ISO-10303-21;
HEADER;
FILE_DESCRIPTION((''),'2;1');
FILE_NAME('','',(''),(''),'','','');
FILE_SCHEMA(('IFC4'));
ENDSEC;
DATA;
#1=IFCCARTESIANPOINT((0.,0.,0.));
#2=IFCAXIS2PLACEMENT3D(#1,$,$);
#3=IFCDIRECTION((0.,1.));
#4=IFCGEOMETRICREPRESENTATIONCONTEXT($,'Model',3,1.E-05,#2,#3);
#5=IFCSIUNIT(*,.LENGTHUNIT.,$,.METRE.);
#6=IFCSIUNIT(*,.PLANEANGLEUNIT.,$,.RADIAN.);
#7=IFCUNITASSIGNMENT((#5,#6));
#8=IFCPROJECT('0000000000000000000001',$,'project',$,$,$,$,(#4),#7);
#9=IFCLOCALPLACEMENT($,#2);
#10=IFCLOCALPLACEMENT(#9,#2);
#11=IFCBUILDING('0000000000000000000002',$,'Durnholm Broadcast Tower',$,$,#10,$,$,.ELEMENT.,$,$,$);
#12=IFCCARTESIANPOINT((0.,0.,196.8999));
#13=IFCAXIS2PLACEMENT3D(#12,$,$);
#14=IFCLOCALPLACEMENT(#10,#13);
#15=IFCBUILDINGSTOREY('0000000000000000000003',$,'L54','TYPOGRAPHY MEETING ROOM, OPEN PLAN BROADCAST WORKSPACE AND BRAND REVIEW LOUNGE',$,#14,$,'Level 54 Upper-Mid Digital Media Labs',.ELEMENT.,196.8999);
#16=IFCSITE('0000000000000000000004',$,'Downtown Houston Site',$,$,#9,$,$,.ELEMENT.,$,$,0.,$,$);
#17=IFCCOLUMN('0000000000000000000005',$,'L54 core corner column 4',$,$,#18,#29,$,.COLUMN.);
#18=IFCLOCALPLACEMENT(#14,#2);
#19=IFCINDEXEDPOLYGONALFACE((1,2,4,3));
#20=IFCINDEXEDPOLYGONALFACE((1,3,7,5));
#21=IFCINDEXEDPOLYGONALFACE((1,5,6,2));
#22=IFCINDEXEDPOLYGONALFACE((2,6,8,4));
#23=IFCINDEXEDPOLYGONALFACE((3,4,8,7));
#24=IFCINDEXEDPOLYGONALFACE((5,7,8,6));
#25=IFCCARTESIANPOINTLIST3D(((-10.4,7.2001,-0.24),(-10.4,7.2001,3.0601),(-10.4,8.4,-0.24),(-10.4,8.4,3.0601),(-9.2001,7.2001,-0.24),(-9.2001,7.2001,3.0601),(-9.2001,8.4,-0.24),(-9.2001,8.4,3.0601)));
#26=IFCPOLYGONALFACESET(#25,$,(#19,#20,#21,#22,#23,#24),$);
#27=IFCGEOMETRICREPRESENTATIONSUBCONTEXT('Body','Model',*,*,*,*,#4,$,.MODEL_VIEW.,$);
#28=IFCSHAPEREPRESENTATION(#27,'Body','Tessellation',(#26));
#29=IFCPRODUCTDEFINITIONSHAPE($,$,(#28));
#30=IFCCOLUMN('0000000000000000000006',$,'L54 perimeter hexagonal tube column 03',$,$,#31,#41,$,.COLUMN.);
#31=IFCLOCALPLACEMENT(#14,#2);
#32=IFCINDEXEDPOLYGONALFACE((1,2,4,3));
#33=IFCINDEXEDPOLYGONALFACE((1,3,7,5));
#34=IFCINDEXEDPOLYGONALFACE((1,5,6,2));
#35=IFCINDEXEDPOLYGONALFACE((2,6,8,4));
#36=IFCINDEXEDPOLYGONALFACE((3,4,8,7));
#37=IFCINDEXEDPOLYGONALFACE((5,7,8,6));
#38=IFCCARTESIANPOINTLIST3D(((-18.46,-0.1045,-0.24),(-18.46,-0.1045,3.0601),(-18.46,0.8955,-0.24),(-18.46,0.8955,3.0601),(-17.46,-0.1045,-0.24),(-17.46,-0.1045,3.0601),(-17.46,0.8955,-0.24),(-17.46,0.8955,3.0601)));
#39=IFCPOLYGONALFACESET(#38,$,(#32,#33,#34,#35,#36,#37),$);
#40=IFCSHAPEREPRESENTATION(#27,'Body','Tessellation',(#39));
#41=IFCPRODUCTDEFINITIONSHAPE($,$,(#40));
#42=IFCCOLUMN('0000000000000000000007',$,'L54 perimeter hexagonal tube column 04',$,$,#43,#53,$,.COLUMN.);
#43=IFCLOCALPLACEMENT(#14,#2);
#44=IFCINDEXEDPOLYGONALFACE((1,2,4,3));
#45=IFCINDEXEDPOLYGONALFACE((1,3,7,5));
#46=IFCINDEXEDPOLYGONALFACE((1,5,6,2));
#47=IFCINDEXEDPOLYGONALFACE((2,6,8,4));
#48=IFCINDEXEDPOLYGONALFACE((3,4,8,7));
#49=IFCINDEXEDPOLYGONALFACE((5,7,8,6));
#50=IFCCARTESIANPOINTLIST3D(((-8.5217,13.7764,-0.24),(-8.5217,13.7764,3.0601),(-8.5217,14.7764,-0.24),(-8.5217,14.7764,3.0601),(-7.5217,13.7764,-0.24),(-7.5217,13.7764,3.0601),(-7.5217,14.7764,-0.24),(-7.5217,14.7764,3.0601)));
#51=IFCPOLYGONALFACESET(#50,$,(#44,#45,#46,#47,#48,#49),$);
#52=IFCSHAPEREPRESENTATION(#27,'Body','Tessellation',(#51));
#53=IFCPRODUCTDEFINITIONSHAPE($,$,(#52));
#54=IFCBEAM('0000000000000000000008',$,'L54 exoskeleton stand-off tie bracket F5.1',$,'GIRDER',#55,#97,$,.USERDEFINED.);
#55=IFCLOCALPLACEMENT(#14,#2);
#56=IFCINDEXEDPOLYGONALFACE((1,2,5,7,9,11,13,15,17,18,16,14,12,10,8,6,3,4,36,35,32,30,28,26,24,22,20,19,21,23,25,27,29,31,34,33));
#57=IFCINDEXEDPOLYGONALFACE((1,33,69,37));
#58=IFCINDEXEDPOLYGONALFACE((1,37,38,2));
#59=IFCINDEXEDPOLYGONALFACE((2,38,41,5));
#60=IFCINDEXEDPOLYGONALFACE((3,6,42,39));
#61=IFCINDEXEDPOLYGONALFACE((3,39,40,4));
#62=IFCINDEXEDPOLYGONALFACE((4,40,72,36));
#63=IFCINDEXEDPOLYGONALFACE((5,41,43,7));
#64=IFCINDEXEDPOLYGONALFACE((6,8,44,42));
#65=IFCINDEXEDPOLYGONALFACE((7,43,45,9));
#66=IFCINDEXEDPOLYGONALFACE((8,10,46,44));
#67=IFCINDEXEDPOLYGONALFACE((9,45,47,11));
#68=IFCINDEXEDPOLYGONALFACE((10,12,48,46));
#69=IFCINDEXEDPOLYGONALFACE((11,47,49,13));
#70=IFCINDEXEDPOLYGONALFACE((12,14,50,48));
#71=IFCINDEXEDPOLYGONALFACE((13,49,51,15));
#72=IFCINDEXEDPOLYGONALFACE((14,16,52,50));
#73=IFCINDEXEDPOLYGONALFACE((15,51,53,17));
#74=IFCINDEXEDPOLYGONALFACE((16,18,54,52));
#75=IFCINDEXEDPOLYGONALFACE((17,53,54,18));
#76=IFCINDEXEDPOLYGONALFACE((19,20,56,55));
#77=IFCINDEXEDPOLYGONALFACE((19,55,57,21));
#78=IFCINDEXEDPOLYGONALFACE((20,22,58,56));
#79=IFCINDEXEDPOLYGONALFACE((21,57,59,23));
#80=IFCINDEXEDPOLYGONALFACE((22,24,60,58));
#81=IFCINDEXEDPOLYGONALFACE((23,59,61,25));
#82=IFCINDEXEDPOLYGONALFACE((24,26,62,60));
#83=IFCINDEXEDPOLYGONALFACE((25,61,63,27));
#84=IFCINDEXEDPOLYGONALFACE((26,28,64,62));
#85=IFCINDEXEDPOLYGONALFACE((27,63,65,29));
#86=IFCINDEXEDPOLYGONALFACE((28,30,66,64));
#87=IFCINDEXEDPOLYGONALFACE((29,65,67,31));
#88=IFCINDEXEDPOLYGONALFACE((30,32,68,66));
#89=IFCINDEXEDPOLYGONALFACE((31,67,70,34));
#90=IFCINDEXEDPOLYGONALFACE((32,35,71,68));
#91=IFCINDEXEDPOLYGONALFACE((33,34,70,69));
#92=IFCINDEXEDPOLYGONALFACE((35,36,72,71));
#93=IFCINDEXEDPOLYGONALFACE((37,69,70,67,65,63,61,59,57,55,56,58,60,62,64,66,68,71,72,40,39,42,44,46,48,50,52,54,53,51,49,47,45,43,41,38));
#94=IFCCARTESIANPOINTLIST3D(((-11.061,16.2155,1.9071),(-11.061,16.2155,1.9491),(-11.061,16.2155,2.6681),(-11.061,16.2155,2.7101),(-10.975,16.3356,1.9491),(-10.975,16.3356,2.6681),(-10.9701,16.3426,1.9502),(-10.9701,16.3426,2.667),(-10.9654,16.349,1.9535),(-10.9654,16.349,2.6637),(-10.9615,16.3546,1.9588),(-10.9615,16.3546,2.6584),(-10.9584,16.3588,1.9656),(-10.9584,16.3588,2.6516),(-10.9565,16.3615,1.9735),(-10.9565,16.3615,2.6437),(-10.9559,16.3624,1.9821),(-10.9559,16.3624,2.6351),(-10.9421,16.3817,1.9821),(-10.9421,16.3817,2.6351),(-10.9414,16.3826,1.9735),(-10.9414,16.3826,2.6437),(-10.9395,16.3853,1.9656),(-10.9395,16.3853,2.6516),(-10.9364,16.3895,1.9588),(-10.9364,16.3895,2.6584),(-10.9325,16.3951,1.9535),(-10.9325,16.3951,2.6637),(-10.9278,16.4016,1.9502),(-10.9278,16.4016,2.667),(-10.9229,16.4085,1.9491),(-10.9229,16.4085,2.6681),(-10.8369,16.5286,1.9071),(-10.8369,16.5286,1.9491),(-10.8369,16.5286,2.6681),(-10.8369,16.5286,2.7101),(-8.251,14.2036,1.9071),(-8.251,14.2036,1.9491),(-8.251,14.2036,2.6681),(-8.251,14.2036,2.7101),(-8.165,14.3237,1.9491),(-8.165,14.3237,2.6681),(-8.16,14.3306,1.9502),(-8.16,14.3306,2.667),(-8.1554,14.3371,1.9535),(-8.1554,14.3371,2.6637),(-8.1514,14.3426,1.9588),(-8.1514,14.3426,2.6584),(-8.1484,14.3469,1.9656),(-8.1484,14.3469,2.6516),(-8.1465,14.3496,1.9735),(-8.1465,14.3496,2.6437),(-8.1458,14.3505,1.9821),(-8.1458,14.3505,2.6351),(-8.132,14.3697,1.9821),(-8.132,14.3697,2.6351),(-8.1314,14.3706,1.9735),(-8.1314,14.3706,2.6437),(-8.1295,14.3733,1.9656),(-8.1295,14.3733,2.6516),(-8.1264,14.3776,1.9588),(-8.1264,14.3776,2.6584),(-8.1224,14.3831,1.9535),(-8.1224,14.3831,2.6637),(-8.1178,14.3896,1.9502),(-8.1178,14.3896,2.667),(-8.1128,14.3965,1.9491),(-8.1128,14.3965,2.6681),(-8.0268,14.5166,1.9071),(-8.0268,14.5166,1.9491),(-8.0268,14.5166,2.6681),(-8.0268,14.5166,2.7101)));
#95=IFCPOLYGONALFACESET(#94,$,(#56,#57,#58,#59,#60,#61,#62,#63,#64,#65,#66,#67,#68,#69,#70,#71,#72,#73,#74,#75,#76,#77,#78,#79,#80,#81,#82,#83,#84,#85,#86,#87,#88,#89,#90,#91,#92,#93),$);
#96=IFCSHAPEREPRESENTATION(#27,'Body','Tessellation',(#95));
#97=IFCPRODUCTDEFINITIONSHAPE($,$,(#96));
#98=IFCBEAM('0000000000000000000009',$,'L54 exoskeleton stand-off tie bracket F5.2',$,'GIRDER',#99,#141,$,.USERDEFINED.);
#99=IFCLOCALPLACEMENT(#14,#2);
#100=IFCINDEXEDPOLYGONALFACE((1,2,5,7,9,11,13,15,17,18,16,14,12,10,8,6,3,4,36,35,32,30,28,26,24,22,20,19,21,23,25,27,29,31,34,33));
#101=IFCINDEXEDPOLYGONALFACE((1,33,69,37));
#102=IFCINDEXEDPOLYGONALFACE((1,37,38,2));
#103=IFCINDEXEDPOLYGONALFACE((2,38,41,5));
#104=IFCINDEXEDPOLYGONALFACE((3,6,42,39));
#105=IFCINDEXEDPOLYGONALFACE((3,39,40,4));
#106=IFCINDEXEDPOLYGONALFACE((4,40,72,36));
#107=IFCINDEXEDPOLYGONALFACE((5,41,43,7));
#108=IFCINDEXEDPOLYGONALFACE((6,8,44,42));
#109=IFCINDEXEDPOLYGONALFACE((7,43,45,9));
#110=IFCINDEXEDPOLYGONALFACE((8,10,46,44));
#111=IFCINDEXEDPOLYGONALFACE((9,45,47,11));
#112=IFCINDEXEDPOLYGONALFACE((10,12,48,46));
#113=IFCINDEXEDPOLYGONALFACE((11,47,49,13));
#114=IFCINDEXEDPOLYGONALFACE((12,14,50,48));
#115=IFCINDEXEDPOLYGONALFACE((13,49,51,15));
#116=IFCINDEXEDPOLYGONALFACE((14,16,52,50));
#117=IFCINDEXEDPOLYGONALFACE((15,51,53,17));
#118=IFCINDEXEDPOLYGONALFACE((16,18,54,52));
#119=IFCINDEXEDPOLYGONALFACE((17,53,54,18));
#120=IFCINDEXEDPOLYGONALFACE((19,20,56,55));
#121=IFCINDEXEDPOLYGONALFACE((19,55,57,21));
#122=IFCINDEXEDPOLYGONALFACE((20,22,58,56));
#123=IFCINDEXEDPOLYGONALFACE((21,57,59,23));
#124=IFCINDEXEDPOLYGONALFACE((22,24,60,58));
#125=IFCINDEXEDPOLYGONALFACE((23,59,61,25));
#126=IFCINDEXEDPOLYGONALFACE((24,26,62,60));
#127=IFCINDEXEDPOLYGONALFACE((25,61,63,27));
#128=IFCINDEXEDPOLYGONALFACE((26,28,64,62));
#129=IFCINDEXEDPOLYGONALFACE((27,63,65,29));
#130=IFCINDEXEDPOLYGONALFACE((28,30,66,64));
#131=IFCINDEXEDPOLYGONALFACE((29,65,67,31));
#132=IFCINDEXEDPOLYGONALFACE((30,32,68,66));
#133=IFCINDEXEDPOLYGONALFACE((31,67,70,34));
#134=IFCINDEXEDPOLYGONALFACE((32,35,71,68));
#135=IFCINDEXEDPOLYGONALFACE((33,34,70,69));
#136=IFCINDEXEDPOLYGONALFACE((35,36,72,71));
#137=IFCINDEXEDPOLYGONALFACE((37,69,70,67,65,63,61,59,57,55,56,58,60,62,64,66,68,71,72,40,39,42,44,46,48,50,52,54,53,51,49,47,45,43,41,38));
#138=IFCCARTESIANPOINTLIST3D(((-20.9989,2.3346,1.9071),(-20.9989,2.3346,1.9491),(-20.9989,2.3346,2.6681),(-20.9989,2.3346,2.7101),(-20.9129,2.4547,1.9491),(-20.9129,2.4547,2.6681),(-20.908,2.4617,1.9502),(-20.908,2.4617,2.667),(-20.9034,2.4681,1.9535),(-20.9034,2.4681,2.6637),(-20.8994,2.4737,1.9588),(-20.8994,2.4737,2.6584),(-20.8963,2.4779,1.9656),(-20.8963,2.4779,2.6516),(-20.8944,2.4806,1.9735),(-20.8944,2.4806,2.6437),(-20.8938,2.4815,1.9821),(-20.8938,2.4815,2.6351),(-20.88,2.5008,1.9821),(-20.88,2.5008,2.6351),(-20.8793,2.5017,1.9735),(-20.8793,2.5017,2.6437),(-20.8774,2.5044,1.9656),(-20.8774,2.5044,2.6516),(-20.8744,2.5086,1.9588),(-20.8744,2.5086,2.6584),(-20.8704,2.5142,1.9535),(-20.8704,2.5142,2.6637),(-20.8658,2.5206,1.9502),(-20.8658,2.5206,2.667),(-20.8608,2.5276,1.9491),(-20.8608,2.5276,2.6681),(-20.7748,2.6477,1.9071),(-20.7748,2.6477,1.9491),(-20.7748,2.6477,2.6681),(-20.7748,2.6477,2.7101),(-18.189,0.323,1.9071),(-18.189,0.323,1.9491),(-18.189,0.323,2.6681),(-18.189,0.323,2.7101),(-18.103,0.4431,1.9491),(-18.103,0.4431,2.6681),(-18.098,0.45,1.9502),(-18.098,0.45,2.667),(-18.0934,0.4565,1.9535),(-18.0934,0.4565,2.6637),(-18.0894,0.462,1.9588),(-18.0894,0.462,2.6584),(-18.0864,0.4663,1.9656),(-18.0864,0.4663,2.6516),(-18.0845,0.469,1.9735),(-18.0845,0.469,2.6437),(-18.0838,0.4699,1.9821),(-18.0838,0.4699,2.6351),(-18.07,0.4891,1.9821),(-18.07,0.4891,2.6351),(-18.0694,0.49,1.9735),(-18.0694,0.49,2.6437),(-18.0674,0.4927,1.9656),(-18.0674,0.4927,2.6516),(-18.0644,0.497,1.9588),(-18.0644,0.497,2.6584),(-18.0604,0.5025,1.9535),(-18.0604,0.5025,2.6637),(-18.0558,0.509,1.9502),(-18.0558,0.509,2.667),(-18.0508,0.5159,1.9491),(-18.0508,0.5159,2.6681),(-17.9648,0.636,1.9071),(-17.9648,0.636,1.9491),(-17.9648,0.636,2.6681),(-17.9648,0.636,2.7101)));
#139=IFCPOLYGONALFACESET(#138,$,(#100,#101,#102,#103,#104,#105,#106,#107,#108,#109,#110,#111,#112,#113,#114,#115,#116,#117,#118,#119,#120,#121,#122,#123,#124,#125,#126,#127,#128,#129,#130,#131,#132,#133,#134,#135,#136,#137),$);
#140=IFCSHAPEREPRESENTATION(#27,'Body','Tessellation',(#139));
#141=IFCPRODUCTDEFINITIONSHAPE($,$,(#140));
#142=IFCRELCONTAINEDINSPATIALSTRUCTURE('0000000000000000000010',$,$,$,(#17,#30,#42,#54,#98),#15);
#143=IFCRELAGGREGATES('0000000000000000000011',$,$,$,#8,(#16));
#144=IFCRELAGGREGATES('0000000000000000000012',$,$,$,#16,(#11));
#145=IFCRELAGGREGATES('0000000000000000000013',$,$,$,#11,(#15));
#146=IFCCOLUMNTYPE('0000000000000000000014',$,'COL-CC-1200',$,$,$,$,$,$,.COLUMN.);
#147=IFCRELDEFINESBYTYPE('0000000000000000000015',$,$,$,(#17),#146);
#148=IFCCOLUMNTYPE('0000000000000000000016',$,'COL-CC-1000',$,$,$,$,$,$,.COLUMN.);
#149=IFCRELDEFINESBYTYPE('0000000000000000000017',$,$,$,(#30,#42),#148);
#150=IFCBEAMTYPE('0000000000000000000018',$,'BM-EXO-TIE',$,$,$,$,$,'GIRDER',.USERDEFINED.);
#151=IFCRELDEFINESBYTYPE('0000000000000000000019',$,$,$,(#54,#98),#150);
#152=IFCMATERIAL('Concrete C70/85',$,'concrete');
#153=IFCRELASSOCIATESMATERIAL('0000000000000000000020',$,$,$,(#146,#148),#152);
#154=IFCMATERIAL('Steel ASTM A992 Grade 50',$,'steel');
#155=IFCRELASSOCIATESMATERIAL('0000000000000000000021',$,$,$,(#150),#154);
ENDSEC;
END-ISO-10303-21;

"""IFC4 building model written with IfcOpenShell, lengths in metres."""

from ifc_helpers import new_model, si_unit, direction, frame, origin, origin_2d, place, context, subcontext, project, spatial, rectangle, i_section, extrude, source, transform, mapped, material, material_profile, profile_set, type_object, type_shapes, element, save


model = new_model("IFC4")

# Units and contexts
model_context = context("Model", 3, precision=1e-05, world=origin(), true_north=direction((0.0, 1.0)))
body_context = subcontext(model_context, "Body", "Model", "MODEL_VIEW")
ifc_project = project(units=[si_unit("LENGTHUNIT", "METRE"), si_unit("PLANEANGLEUNIT", "RADIAN")], contexts=[model_context])

# Site, building, storey
site_placement = place(None, origin())
site = spatial("IfcSite", under=ifc_project, at=site_placement, Name="Downtown Houston Site", CompositionType="ELEMENT", RefElevation=0.0)
building_placement = place(site_placement, origin())
building = spatial("IfcBuilding", under=site, at=building_placement, Name="Durnholm Broadcast Tower", CompositionType="ELEMENT")
storey_placement = place(building_placement, frame((0.0, 0.0, 196.8999)))
storey = spatial("IfcBuildingStorey", under=building, at=storey_placement, Name="L54", Description="TYPOGRAPHY MEETING ROOM, OPEN PLAN BROADCAST WORKSPACE AND BRAND REVIEW LOUNGE", LongName="Level 54 Upper-Mid Digital Media Labs", CompositionType="ELEMENT", Elevation=196.8999)

# Columns
ifc_material_1 = material(Name="Concrete C70/85", Category="concrete")
ifc_material_profile_1 = material_profile(ifc_material_1, rectangle(XDim=1.2, YDim=1.2, at=origin_2d()), Name="RC1200X1200")
ifc_profile_set_1 = profile_set([ifc_material_profile_1], Name="Concrete C70/85")
column_type_1 = type_object("IfcColumnType", Name="COL-CC-1200", PredefinedType="COLUMN", material=ifc_profile_set_1)
shared_shape_1 = source(origin(), body_context, "Body", "SweptSolid", [
    extrude(rectangle(XDim=1.2, YDim=1.2, at=origin_2d()), origin(), (0.0, 0.0, 1.0), 3.3),
])
type_shapes(column_type_1, [shared_shape_1])
column_placement = place(storey_placement, frame((-9.8, 7.8, -0.24), z_axis=(0.0, 0.0, 1.0), x_axis=(1.0, 0.0, 0.0)))
element("IfcColumn", 1, at=column_placement, inside=storey, type_object=column_type_1, Name="L54 core corner column 4", PredefinedType="COLUMN", context=body_context, shape_type="MappedRepresentation", body=[
    mapped(shared_shape_1, transform((0.0, 0.0, 0.0), x_axis=(1.0, 0.0, 0.0), y_axis=(0.0, 1.0, 0.0), z_axis=(0.0, 0.0, 1.0), scale=1.0)),
])
ifc_material_profile_2 = material_profile(ifc_material_1, rectangle(XDim=1.0, YDim=1.0, at=origin_2d()), Name="RC1000X1000")
ifc_profile_set_2 = profile_set([ifc_material_profile_2], Name="Concrete C70/85")
column_type_2 = type_object("IfcColumnType", Name="COL-CC-1000", PredefinedType="COLUMN", material=ifc_profile_set_2)
shared_shape_2 = source(origin(), body_context, "Body", "SweptSolid", [
    extrude(rectangle(XDim=1.0, YDim=1.0, at=origin_2d()), origin(), (0.0, 0.0, 1.0), 3.3),
])
type_shapes(column_type_2, [shared_shape_2])
for number, where, z_axis, x_axis, name in (
    (2, (-17.96, 0.3955, -0.24), (0.0, 0.0, 1.0), (1.0, 0.0, 0.0), "L54 perimeter hexagonal tube column 03"),
    (3, (-8.0217, 14.2764, -0.24), (0.0, 0.0, 1.0), (1.0, 0.0, 0.0), "L54 perimeter hexagonal tube column 04"),
):
    element("IfcColumn", number, at=place(storey_placement, frame(where, z_axis=z_axis, x_axis=x_axis)), inside=storey, type_object=column_type_2, Name=name, PredefinedType="COLUMN", context=body_context, shape_type="MappedRepresentation", body=[
        mapped(shared_shape_2, transform((0.0, 0.0, 0.0), x_axis=(1.0, 0.0, 0.0), y_axis=(0.0, 1.0, 0.0), z_axis=(0.0, 0.0, 1.0), scale=1.0)),
    ])

# Beams
ifc_material_2 = material(Name="Steel ASTM A992 Grade 50", Category="steel")
ifc_material_profile_3 = material_profile(ifc_material_2, i_section(OverallWidth=0.385, OverallDepth=0.803, WebThickness=0.0237, FlangeThickness=0.042, FilletRadius=0.033, at=origin_2d()), Name="W30X261")
ifc_profile_set_3 = profile_set([ifc_material_profile_3], Name="Steel ASTM A992 Grade 50")
beam_type_1 = type_object("IfcBeamType", Name="BM-EXO-TIE", ElementType="GIRDER", PredefinedType="USERDEFINED", material=ifc_profile_set_3)
shared_shape_3 = source(origin(), body_context, "Body", "SweptSolid", [
    extrude(i_section(OverallWidth=0.385, OverallDepth=0.803, WebThickness=0.0237, FlangeThickness=0.042, FilletRadius=0.033, at=origin_2d()), origin(), (0.0, 0.0, 1.0), 3.4561),
])
beam_1_placement = place(storey_placement, frame((-8.1389, 14.3601, 2.3086), z_axis=(-0.813079, 0.582153, 0.0), x_axis=(-0.582153, -0.813079, 0.0)))
element("IfcBeam", 4, at=beam_1_placement, inside=storey, type_object=beam_type_1, Name="L54 exoskeleton stand-off tie bracket F5.1", ObjectType="GIRDER", PredefinedType="USERDEFINED", context=body_context, shape_type="MappedRepresentation", body=[
    mapped(shared_shape_3, transform((0.0, 0.0, 0.0), x_axis=(1.0, 0.0, 0.0), y_axis=(0.0, 1.0, 0.0), z_axis=(0.0, 0.0, 1.0), scale=1.0)),
])
shared_shape_4 = source(origin(), body_context, "Body", "SweptSolid", [
    extrude(i_section(OverallWidth=0.385, OverallDepth=0.803, WebThickness=0.0237, FlangeThickness=0.042, FilletRadius=0.033, at=origin_2d()), origin(), (0.0, 0.0, 1.0), 3.4558),
])
beam_2_placement = place(storey_placement, frame((-18.0769, 0.4795, 2.3086), z_axis=(-0.813112, 0.582107, 0.0), x_axis=(-0.582107, -0.813112, 0.0)))
element("IfcBeam", 5, at=beam_2_placement, inside=storey, type_object=beam_type_1, Name="L54 exoskeleton stand-off tie bracket F5.2", ObjectType="GIRDER", PredefinedType="USERDEFINED", context=body_context, shape_type="MappedRepresentation", body=[
    mapped(shared_shape_4, transform((0.0, 0.0, 0.0), x_axis=(1.0, 0.0, 0.0), y_axis=(0.0, 1.0, 0.0), z_axis=(0.0, 0.0, 1.0), scale=1.0)),
])

save(model, "model.ifc")
